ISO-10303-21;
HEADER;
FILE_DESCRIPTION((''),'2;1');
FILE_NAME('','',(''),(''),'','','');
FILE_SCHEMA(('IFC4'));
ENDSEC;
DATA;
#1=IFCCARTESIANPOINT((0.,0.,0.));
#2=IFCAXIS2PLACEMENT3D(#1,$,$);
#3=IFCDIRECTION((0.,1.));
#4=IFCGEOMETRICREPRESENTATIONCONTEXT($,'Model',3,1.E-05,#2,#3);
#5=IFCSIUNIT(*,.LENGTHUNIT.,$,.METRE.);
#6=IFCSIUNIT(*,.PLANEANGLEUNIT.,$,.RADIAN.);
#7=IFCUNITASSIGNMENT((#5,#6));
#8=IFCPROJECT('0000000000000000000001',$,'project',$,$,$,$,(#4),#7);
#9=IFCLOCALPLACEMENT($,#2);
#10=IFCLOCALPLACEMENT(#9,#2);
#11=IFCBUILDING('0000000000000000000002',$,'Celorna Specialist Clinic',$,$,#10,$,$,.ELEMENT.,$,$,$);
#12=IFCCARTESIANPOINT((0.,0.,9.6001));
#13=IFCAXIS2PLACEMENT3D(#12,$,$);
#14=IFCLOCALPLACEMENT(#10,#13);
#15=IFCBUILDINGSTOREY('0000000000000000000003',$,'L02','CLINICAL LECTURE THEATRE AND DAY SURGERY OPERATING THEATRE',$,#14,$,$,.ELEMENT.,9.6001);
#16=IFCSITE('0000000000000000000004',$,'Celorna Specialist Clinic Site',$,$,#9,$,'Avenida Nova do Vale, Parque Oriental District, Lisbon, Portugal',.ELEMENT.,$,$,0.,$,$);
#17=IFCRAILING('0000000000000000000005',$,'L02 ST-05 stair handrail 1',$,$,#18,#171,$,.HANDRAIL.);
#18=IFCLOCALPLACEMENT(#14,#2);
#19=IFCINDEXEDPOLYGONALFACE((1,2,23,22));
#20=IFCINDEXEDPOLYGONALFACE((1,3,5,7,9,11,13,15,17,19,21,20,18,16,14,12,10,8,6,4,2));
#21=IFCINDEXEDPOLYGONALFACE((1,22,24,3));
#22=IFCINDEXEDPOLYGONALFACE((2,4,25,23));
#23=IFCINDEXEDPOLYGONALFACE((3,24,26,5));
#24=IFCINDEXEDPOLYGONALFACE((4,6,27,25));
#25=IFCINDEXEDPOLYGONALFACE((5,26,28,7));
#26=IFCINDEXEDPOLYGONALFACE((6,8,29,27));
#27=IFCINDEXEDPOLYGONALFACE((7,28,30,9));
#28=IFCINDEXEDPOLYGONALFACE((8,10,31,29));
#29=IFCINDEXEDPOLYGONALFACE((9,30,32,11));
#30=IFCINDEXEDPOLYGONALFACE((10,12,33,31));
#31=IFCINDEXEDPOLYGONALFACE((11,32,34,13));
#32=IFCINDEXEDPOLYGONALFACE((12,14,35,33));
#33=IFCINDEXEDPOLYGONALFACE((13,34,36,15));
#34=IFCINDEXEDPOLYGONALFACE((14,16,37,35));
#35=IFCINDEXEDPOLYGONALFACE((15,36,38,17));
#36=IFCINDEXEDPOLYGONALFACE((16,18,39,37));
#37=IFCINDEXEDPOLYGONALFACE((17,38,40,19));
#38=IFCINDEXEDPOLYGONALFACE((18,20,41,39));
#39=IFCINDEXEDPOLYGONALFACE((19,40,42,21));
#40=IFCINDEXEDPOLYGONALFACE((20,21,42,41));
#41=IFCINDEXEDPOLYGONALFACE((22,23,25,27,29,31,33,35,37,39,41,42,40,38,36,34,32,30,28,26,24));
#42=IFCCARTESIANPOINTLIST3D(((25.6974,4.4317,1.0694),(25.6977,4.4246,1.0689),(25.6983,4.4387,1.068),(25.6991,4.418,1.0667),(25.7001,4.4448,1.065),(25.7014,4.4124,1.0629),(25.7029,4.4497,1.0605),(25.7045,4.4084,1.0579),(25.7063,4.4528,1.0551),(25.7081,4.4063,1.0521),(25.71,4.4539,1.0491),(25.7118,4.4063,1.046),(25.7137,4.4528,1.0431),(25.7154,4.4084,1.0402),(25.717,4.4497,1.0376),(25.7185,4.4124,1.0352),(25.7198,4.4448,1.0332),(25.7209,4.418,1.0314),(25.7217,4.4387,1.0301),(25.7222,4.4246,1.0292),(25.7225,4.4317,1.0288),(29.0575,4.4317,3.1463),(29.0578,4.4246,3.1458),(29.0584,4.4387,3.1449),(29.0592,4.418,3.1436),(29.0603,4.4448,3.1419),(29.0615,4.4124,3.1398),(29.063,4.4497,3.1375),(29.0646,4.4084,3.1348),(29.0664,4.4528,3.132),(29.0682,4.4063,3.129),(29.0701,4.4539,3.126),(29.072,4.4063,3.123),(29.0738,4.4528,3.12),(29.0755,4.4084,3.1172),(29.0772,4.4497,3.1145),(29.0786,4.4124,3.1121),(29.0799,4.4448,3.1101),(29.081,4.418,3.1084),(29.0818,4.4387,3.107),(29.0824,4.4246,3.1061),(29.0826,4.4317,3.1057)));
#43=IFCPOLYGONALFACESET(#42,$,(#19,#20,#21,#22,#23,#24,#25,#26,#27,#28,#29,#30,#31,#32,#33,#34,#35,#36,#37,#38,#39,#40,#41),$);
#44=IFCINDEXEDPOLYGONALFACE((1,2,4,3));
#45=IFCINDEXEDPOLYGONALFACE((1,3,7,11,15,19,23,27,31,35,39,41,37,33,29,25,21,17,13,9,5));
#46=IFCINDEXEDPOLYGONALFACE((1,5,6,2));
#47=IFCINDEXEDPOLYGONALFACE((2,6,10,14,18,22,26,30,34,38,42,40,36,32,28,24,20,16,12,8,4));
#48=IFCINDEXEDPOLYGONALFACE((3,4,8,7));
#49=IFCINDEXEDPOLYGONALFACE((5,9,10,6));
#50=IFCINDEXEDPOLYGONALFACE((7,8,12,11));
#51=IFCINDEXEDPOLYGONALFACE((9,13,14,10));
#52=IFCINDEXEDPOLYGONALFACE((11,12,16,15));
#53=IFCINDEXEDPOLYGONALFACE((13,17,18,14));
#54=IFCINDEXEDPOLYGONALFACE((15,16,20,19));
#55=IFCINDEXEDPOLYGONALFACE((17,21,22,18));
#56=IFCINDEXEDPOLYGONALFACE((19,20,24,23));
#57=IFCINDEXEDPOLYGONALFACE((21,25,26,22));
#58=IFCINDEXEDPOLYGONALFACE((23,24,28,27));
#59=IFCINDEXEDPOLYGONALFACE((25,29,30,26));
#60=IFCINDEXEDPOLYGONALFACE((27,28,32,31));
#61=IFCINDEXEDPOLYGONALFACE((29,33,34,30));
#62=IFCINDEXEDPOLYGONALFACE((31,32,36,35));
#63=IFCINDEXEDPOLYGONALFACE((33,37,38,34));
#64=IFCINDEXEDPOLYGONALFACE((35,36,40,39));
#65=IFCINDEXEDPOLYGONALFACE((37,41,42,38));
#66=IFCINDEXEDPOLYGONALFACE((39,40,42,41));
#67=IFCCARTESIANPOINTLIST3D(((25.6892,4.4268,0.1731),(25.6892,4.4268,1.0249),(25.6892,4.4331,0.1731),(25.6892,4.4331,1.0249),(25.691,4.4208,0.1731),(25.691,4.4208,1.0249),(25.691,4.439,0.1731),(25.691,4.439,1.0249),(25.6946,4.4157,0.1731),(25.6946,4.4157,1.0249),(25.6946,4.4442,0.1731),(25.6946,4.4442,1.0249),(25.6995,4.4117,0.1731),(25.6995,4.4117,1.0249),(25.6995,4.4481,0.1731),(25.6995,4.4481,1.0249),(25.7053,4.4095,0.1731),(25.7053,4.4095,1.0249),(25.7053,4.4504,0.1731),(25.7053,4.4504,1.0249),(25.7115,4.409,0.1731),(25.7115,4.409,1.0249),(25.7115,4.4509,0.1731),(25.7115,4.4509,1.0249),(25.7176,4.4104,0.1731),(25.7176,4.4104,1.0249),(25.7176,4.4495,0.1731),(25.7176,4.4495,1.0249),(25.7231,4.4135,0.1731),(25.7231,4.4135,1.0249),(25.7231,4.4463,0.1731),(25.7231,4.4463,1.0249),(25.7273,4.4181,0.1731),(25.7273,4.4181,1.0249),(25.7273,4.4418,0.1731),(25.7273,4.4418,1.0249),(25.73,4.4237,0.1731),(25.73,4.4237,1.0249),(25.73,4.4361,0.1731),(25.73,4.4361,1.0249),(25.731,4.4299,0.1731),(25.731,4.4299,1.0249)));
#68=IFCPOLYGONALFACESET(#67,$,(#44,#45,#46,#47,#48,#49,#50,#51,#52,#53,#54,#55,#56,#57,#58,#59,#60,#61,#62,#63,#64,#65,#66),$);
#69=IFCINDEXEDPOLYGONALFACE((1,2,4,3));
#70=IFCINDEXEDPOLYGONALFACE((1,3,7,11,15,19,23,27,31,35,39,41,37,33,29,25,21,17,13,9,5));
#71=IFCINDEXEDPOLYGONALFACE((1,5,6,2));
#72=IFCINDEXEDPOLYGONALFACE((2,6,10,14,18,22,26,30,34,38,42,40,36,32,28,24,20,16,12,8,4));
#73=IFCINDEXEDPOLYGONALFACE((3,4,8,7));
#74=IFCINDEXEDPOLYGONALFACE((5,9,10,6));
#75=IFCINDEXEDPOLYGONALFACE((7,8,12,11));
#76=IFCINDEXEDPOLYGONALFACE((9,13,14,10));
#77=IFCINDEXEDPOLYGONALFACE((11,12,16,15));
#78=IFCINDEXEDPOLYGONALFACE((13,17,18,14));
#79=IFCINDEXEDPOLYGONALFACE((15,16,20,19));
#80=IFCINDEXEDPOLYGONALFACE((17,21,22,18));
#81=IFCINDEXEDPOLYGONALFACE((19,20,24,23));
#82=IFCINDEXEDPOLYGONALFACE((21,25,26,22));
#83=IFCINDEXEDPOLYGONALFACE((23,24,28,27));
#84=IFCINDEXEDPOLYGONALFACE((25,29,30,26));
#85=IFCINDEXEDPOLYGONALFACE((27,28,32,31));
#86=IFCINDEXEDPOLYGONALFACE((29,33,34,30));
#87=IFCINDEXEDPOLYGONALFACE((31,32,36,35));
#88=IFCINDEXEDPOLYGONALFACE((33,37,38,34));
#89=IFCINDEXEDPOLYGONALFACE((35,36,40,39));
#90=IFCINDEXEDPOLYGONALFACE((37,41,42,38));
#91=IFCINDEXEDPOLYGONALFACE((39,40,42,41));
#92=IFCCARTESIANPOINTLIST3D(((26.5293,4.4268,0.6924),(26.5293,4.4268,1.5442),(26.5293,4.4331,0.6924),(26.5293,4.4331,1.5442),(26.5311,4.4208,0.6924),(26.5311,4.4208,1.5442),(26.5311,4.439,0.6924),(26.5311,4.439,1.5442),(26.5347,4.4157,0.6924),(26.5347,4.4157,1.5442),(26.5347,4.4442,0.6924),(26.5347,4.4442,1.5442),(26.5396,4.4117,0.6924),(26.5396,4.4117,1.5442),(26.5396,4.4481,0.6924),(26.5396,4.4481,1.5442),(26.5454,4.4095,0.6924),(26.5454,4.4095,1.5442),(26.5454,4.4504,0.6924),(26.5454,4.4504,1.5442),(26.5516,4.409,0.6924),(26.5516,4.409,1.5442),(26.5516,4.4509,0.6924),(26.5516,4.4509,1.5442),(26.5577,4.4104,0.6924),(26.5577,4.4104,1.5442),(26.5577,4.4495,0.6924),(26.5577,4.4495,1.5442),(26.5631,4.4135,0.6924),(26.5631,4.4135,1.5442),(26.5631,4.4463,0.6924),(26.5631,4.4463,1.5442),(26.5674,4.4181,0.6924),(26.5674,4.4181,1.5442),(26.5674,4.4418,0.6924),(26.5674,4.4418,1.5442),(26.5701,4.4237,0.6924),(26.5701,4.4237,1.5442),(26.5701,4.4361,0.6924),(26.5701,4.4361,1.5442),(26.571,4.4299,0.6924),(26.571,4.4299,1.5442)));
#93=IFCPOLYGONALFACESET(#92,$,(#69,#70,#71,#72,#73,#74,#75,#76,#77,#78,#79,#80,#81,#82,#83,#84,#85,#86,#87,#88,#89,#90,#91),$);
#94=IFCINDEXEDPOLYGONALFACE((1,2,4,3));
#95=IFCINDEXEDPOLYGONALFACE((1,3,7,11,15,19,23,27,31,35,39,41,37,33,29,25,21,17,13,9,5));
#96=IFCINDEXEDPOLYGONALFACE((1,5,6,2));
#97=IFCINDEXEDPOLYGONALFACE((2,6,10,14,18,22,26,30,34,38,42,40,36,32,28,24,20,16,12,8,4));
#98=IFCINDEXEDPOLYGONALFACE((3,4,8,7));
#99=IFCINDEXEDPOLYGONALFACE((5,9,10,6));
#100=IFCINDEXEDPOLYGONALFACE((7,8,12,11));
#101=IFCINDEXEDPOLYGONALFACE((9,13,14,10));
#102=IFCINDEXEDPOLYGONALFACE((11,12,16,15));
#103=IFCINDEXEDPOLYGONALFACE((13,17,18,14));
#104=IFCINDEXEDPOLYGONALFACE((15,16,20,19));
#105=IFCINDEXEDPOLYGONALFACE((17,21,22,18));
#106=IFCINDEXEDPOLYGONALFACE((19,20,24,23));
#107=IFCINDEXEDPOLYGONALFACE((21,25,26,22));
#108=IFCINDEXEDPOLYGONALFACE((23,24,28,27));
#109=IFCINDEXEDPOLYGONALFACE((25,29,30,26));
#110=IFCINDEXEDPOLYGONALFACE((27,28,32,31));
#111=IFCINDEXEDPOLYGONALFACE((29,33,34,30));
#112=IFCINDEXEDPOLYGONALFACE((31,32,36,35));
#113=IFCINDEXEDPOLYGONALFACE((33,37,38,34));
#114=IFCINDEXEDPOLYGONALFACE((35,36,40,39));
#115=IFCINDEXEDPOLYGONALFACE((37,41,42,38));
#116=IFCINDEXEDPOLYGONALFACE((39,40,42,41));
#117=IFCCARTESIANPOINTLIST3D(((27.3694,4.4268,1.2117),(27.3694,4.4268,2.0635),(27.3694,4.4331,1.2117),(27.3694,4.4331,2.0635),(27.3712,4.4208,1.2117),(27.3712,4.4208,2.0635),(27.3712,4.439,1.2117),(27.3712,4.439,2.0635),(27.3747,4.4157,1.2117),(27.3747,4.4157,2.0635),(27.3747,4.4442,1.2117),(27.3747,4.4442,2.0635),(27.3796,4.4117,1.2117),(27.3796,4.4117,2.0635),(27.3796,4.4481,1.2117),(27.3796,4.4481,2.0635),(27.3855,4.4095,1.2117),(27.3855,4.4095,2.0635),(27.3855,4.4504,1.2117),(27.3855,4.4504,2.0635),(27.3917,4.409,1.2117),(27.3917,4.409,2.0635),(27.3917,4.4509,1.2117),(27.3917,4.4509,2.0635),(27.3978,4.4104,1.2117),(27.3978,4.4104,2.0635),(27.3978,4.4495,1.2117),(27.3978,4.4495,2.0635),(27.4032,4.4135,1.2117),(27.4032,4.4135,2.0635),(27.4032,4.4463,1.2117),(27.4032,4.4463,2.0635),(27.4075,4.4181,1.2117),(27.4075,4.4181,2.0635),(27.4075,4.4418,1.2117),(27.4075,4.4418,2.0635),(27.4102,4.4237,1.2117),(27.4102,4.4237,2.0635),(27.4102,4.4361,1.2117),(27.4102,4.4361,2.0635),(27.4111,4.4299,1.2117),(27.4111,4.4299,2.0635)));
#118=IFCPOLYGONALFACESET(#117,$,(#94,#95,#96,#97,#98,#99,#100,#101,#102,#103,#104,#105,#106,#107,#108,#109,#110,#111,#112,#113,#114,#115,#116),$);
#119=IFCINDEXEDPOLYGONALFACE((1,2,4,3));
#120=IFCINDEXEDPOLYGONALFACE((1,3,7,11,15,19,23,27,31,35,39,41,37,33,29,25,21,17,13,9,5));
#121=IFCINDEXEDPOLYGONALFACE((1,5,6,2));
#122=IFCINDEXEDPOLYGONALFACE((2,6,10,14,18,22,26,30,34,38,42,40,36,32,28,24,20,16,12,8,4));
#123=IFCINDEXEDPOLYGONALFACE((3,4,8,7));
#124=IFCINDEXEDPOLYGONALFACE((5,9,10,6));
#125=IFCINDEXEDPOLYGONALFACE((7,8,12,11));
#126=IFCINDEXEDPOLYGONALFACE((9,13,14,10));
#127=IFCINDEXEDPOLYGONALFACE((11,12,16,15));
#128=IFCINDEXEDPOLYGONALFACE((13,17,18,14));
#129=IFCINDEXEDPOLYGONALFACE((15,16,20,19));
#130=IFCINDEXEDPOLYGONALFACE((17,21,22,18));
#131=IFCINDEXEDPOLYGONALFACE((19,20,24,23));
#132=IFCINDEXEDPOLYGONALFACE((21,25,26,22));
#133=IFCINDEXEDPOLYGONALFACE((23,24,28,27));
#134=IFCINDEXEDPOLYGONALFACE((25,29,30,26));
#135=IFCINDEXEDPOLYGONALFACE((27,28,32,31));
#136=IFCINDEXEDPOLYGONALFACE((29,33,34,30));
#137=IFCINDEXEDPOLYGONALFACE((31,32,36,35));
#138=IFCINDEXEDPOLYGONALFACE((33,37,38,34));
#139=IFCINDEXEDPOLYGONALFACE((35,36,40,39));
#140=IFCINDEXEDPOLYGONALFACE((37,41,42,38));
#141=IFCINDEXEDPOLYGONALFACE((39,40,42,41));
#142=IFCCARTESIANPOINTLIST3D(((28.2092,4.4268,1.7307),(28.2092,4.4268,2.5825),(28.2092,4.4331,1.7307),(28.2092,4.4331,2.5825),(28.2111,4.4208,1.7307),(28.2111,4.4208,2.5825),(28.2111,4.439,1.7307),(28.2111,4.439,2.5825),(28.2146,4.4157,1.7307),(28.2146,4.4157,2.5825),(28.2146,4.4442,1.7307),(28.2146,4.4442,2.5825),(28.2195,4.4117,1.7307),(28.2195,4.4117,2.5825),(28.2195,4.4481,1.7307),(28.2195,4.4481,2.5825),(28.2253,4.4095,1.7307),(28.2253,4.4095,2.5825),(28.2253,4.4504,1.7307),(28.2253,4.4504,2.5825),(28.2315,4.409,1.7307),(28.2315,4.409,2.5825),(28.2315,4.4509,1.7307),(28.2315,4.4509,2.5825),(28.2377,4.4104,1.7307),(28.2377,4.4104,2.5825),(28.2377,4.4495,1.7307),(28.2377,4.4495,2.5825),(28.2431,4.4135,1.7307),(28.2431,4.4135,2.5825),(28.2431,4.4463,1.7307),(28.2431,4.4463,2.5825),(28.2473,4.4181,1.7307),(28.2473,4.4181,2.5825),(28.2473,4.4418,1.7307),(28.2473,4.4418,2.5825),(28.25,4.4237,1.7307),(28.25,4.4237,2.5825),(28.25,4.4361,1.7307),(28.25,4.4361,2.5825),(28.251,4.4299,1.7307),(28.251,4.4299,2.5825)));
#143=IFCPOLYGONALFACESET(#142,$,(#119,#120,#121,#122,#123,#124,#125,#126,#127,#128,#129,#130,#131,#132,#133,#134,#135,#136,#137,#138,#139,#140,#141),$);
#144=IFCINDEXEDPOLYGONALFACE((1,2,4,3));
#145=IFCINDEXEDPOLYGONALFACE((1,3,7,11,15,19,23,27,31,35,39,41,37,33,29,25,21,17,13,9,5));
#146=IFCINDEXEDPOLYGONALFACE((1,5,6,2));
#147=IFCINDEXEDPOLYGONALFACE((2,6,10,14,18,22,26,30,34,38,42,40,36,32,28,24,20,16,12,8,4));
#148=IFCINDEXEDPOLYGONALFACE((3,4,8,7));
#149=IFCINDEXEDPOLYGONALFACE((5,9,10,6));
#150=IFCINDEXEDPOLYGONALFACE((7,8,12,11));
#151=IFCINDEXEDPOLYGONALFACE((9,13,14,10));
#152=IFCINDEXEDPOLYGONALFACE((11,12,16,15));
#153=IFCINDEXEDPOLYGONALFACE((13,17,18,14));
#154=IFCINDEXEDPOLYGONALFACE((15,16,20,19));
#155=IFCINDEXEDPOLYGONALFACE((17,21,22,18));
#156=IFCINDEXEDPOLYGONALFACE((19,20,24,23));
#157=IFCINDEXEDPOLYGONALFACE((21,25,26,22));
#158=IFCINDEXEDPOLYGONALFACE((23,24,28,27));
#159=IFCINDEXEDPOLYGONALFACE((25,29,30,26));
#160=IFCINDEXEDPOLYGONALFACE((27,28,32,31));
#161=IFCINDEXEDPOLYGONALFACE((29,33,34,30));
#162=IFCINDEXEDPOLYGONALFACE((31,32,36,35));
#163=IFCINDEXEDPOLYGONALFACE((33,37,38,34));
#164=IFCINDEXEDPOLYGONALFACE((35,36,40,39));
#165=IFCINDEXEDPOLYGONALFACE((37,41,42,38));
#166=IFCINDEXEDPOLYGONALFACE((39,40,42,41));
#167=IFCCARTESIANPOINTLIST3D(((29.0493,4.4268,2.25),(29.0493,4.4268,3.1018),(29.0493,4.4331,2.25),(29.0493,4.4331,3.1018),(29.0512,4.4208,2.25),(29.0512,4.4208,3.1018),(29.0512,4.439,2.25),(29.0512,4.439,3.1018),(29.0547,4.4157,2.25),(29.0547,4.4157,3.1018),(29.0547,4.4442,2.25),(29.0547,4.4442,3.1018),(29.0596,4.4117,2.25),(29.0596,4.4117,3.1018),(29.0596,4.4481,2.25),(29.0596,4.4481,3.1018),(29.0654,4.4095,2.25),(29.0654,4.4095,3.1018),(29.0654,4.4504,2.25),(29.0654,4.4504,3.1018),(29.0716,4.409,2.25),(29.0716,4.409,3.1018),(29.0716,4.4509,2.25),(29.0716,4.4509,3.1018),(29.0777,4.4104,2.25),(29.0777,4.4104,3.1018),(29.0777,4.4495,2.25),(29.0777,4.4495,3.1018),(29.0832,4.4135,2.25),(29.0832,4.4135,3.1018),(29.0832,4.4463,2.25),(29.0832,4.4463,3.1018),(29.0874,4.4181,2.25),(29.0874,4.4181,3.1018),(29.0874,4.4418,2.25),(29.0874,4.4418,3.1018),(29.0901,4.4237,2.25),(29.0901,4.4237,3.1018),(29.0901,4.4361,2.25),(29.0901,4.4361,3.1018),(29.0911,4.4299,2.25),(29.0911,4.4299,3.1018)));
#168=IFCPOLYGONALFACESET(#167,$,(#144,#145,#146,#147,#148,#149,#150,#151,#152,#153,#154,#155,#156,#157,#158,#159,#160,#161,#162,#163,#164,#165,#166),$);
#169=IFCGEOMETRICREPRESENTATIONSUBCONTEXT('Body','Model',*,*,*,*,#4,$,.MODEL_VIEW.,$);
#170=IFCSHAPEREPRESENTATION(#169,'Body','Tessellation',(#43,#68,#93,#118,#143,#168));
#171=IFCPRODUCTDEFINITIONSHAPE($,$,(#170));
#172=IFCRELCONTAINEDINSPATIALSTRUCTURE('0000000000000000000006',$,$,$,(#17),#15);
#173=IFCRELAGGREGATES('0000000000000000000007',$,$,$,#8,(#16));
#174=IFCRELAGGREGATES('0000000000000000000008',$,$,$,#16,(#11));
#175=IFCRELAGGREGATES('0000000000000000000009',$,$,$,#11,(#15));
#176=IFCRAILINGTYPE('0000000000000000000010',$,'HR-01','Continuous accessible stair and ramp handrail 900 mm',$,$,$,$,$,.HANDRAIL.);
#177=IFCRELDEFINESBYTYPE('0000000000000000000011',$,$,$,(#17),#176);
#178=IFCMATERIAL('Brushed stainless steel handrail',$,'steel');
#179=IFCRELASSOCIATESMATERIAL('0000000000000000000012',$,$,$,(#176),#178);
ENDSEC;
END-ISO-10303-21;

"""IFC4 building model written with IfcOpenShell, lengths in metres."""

from ifc_helpers import new_model, si_unit, direction, frame, origin, origin_2d, place, context, subcontext, project, spatial, circle, extrude, material, type_object, element, save


model = new_model("IFC4")

# Units and contexts
model_context = context("Model", 3, precision=1e-05, world=origin(), true_north=direction((0.0, 1.0)))
body_context = subcontext(model_context, "Body", "Model", "MODEL_VIEW")
ifc_project = project(units=[si_unit("LENGTHUNIT", "METRE"), si_unit("PLANEANGLEUNIT", "RADIAN")], contexts=[model_context])

# Site, building, storey
site_placement = place(None, origin())
site = spatial("IfcSite", under=ifc_project, at=site_placement, Name="Celorna Specialist Clinic Site", LongName="Avenida Nova do Vale, Parque Oriental District, Lisbon, Portugal", CompositionType="ELEMENT", RefElevation=0.0)
building_placement = place(site_placement, origin())
building = spatial("IfcBuilding", under=site, at=building_placement, Name="Celorna Specialist Clinic", CompositionType="ELEMENT")
storey_placement = place(building_placement, frame((0.0, 0.0, 9.6001)))
storey = spatial("IfcBuildingStorey", under=building, at=storey_placement, Name="L02", Description="CLINICAL LECTURE THEATRE AND DAY SURGERY OPERATING THEATRE", CompositionType="ELEMENT", Elevation=9.6001)

# Railing
ifc_material_1 = material(Name="Brushed stainless steel handrail", Category="steel")
railing_type_1 = type_object("IfcRailingType", Name="HR-01", Description="Continuous accessible stair and ramp handrail 900 mm", PredefinedType="HANDRAIL", material=ifc_material_1)
railing_1_placement = place(storey_placement, frame((25.71, 4.4299, 0.1731)))
element("IfcRailing", 1, at=railing_1_placement, inside=storey, type_object=railing_type_1, Name="L02 ST-05 stair handrail 1", PredefinedType="HANDRAIL", context=body_context, shape_type="SweptSolid", body=[
    extrude(circle(Radius=0.0239, at=origin_2d()), frame((0.0, 0.0, 0.876), z_axis=(0.850623, 0.0, 0.525776), x_axis=(0.0, 1.0, 0.0)), (0.0, 0.0, 1.0), 3.9502),
    extrude(circle(Radius=0.021, at=origin_2d()), origin(), (0.0, 0.0, 1.0), 0.8518),
    extrude(circle(Radius=0.021, at=origin_2d()), frame((0.8401, 0.0, 0.5193)), (0.0, 0.0, 1.0), 0.8518),
    extrude(circle(Radius=0.021, at=origin_2d()), frame((1.6802, 0.0, 1.0386)), (0.0, 0.0, 1.0), 0.8518),
    extrude(circle(Radius=0.021, at=origin_2d()), frame((2.52, 0.0, 1.5576)), (0.0, 0.0, 1.0), 0.8518),
    extrude(circle(Radius=0.021, at=origin_2d()), frame((3.3601, 0.0, 2.0769)), (0.0, 0.0, 1.0), 0.8518),
])

save(model, "model.ifc")
